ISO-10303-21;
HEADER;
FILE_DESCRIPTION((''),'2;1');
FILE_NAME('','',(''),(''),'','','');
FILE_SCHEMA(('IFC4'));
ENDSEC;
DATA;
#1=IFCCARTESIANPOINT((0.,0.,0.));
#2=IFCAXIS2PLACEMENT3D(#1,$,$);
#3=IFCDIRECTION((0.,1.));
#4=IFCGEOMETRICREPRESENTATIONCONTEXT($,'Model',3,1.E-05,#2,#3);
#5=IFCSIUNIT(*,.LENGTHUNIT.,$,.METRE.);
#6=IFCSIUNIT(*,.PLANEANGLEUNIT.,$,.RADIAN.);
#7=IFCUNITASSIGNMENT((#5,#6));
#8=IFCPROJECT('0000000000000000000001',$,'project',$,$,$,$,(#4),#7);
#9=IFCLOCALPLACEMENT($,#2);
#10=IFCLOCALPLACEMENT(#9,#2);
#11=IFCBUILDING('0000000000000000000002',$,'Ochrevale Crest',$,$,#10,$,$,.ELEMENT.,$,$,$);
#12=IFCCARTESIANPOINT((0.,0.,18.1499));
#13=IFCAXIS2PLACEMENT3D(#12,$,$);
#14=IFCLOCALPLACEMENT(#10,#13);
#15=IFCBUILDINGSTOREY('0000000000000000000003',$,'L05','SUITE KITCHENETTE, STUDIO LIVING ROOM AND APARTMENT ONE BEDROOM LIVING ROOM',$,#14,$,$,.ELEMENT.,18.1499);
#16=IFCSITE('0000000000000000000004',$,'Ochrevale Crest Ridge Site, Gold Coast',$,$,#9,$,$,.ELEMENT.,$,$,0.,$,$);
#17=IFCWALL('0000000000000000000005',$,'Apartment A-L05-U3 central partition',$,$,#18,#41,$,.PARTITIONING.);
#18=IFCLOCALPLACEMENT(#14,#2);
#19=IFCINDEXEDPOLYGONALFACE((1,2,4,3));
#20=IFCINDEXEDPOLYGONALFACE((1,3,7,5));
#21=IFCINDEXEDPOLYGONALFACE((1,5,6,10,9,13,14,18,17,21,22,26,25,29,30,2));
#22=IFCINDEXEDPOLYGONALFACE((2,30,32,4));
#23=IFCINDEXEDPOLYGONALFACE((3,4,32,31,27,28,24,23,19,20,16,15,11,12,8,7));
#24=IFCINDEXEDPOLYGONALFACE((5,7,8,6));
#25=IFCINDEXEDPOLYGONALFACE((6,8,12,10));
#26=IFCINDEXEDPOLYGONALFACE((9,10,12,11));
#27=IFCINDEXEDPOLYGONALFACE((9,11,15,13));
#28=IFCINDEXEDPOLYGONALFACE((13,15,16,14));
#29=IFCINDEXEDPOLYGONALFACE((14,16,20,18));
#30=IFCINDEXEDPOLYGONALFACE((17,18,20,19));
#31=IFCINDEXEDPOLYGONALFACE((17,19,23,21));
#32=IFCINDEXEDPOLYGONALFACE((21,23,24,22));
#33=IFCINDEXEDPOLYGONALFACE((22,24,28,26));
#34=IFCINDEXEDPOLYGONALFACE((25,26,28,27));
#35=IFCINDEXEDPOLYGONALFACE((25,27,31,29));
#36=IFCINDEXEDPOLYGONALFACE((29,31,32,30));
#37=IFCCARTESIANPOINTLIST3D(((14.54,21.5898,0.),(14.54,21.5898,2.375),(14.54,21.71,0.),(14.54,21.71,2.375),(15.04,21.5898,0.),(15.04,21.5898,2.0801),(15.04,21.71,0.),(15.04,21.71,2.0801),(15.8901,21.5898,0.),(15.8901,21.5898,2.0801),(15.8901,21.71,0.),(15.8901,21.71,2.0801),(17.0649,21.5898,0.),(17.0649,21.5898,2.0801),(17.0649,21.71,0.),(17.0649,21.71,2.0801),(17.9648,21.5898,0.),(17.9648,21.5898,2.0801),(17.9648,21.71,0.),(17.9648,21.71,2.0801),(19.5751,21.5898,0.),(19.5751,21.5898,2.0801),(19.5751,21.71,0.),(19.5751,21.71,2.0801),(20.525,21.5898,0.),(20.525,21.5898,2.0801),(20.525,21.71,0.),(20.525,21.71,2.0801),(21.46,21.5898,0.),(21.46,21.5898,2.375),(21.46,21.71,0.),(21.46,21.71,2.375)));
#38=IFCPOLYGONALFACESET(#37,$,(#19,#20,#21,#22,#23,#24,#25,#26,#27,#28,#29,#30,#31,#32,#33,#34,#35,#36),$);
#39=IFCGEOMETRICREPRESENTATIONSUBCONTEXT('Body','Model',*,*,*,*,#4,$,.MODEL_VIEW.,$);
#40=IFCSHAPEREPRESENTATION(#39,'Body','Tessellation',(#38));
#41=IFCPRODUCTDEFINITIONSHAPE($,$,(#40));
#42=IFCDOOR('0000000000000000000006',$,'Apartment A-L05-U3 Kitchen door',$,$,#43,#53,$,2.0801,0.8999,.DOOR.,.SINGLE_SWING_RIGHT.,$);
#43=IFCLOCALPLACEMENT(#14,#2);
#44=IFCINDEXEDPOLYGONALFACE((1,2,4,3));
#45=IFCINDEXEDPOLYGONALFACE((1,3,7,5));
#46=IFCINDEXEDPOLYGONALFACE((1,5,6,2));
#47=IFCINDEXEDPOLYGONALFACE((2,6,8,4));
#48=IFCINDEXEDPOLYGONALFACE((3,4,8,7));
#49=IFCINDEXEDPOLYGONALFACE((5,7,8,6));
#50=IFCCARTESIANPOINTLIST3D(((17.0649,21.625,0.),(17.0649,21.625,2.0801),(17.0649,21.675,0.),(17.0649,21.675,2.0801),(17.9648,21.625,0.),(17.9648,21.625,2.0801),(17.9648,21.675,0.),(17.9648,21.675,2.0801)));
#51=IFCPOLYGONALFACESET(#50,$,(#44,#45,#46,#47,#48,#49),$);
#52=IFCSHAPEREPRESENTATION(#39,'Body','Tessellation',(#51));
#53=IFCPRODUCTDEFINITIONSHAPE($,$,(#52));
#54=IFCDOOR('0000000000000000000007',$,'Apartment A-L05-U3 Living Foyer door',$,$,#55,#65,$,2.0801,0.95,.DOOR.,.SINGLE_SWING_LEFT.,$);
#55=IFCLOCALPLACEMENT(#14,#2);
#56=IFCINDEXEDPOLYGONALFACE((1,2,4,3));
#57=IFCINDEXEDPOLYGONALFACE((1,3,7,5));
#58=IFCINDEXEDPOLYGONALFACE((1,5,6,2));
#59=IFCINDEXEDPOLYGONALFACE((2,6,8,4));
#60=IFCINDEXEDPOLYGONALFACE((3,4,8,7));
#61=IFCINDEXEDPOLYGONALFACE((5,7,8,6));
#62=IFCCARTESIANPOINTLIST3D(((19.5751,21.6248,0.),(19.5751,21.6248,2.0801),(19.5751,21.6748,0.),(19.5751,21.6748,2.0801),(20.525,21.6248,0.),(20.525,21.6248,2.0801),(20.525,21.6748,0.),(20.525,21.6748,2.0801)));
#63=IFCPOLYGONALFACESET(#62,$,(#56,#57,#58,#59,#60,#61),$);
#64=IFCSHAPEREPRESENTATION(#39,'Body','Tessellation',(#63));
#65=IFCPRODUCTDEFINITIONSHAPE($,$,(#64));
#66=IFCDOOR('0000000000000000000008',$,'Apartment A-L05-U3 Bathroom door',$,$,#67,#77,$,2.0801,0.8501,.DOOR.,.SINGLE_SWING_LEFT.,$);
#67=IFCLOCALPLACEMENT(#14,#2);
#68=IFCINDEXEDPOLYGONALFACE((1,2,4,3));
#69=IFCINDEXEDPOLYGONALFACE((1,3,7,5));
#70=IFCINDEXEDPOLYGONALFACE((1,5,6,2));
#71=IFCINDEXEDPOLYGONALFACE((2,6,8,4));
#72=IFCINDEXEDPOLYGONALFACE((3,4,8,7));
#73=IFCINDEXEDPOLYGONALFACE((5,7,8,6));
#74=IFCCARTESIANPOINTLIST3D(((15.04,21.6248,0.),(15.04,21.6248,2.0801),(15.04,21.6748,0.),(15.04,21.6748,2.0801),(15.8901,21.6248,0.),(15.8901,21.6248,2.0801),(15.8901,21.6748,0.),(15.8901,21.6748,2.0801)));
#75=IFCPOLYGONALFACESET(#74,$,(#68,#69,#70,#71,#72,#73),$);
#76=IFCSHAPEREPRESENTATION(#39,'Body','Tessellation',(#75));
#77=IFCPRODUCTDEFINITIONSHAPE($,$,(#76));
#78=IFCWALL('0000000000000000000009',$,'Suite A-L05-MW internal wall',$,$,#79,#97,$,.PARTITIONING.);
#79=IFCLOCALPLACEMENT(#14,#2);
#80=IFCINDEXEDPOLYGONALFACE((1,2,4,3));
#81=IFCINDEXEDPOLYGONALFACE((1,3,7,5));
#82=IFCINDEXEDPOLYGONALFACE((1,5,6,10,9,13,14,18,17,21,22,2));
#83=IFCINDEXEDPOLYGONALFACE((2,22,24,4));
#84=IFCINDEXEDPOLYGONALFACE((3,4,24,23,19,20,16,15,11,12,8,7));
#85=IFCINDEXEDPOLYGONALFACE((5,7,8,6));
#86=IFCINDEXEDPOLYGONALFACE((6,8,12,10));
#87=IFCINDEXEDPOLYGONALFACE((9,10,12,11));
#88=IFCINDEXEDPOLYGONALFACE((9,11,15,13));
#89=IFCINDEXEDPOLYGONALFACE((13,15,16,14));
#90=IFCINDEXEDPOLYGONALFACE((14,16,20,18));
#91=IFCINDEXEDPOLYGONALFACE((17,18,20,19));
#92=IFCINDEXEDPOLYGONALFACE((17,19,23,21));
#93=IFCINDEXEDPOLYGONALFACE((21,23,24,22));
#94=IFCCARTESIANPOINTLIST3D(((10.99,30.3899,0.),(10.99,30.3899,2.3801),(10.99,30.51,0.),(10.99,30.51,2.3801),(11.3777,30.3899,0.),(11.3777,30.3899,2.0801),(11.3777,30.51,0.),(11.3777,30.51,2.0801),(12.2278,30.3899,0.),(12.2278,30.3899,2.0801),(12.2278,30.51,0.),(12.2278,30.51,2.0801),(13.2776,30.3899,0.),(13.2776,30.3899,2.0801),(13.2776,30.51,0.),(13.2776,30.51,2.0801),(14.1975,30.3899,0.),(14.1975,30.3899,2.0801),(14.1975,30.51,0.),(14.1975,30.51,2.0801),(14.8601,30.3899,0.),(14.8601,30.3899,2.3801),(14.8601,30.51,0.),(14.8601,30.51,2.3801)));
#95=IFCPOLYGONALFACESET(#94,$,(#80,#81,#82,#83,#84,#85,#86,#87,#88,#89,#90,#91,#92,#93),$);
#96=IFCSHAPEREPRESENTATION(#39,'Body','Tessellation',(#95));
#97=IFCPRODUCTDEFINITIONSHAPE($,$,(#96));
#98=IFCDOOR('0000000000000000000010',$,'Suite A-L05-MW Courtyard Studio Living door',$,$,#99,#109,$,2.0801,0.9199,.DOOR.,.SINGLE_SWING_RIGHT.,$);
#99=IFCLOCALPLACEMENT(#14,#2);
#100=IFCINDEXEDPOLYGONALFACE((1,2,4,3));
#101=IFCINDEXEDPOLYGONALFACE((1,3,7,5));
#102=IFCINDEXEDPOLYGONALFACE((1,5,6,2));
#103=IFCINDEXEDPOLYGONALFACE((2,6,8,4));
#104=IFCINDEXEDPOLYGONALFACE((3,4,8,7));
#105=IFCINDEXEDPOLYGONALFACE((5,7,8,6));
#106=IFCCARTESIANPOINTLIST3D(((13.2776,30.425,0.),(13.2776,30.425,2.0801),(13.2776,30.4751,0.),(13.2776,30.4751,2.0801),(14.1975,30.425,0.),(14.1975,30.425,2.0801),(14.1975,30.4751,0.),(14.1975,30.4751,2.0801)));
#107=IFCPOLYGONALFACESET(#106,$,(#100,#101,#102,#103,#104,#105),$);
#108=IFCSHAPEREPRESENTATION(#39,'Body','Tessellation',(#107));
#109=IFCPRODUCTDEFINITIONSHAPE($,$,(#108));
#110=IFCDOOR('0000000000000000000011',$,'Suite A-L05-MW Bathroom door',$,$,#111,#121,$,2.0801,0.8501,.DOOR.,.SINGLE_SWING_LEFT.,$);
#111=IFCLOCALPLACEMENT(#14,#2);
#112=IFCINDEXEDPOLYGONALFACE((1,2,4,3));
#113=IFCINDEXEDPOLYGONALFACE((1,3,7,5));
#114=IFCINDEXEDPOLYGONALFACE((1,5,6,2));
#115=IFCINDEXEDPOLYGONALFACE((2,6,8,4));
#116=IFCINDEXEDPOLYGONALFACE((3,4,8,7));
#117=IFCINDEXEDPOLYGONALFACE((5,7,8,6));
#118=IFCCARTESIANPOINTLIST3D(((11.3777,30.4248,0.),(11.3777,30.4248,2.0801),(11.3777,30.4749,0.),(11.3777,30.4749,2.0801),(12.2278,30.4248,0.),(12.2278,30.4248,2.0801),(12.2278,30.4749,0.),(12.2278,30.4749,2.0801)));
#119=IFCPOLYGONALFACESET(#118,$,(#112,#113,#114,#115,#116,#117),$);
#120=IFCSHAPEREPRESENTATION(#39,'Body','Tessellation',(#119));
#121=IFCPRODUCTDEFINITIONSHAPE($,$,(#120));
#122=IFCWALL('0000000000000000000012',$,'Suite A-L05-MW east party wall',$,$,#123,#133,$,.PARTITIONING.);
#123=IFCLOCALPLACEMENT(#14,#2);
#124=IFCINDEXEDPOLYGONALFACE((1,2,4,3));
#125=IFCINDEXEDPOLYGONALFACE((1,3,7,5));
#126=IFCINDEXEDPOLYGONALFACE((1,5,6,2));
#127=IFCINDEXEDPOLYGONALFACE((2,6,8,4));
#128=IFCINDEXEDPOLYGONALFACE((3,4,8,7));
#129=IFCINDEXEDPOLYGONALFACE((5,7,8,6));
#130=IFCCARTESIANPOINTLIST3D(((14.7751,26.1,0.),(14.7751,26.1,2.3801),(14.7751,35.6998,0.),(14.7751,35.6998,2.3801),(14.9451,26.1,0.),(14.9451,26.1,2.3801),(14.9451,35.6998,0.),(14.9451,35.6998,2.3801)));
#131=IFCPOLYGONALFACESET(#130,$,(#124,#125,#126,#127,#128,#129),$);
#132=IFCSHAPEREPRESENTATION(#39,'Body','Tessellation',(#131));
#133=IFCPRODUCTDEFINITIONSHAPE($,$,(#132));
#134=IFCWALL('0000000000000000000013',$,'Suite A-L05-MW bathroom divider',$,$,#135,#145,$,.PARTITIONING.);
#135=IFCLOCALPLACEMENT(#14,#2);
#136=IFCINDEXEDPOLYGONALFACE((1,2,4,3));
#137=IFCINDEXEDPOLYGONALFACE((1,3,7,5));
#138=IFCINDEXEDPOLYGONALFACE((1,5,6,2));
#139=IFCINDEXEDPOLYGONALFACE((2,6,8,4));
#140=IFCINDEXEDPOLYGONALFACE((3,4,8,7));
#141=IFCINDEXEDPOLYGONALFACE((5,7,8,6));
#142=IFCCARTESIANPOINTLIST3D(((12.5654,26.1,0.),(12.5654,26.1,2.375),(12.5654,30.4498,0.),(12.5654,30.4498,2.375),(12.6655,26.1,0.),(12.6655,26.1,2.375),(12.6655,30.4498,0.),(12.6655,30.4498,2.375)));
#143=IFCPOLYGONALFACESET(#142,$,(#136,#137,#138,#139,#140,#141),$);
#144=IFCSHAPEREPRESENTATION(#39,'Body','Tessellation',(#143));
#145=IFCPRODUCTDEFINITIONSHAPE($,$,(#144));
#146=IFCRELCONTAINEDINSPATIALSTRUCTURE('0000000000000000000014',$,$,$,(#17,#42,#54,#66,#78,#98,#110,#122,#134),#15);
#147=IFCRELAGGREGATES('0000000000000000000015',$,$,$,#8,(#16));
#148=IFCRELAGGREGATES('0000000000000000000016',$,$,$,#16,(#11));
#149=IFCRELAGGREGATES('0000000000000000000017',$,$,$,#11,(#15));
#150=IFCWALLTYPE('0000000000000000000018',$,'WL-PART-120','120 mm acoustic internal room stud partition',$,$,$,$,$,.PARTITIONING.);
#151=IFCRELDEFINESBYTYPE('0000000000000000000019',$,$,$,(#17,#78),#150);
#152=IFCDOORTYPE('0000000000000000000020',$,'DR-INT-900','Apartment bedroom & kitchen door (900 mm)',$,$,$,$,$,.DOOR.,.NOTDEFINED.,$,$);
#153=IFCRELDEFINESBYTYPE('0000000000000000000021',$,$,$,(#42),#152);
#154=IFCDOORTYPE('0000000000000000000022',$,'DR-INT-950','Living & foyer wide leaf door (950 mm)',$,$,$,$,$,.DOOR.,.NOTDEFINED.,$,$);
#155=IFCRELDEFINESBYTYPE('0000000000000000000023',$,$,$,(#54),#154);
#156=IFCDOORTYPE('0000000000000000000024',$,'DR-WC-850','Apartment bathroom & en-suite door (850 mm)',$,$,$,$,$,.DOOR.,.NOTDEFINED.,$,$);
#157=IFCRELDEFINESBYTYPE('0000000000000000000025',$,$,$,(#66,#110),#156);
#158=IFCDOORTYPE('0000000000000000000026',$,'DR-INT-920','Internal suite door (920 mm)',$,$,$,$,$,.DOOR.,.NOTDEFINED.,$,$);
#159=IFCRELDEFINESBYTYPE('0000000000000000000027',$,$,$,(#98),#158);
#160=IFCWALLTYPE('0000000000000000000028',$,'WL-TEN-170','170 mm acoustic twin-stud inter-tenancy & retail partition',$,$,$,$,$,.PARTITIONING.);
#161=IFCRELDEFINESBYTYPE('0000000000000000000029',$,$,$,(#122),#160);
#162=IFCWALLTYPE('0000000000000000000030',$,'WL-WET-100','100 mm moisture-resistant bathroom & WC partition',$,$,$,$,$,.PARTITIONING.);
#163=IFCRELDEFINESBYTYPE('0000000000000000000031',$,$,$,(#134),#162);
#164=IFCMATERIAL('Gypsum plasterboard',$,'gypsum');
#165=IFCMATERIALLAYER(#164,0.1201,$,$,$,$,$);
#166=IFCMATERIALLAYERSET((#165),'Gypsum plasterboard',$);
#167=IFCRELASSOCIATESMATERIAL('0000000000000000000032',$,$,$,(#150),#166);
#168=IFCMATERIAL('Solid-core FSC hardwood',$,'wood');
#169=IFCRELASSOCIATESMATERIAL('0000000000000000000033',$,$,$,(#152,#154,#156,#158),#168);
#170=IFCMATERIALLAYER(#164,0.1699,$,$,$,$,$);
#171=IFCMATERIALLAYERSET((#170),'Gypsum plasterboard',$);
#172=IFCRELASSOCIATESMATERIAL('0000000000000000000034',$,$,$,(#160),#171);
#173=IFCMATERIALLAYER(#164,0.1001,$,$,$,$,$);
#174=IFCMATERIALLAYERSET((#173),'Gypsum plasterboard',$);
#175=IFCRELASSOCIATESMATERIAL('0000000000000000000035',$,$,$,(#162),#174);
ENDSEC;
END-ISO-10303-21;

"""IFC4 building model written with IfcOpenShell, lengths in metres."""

from ifc_helpers import new_model, si_unit, direction, frame, frame_2d, origin, place, context, subcontext, project, spatial, rectangle, extrude, material, layer, layer_set, type_object, element, fill, save


model = new_model("IFC4")

# Units and contexts
model_context = context("Model", 3, precision=1e-05, world=origin(), true_north=direction((0.0, 1.0)))
body_context = subcontext(model_context, "Body", "Model", "MODEL_VIEW")
ifc_project = project(units=[si_unit("LENGTHUNIT", "METRE"), si_unit("PLANEANGLEUNIT", "RADIAN")], contexts=[model_context])

# Site, building, storey
site_placement = place(None, origin())
site = spatial("IfcSite", under=ifc_project, at=site_placement, Name="Ochrevale Crest Ridge Site, Gold Coast", CompositionType="ELEMENT", RefElevation=0.0)
building_placement = place(site_placement, origin())
building = spatial("IfcBuilding", under=site, at=building_placement, Name="Ochrevale Crest", CompositionType="ELEMENT")
storey_placement = place(building_placement, frame((0.0, 0.0, 18.1499)))
storey = spatial("IfcBuildingStorey", under=building, at=storey_placement, Name="L05", Description="SUITE KITCHENETTE, STUDIO LIVING ROOM AND APARTMENT ONE BEDROOM LIVING ROOM", CompositionType="ELEMENT", Elevation=18.1499)

# Shared definitions
ifc_material_1 = material(Name="Gypsum plasterboard", Category="gypsum")
ifc_material_2 = material(Name="Solid-core FSC hardwood", Category="wood")

# Shared definitions
ifc_layer_1 = layer(ifc_material_1, 0.1201)
ifc_layer_set_1 = layer_set([ifc_layer_1], Name="Gypsum plasterboard")
wall_type_1 = type_object("IfcWallType", Name="WL-PART-120", Description="120 mm acoustic internal room stud partition", PredefinedType="PARTITIONING", material=ifc_layer_set_1)

# Walls, openings, doors
wall_1_placement = place(storey_placement, frame((14.54, 21.6499, 0.0), z_axis=(0.0, 0.0, 1.0), x_axis=(1.0, 0.0, 0.0)))
wall_1 = element("IfcWall", 1, at=wall_1_placement, inside=storey, type_object=wall_type_1, Name="Apartment A-L05-U3 central partition", PredefinedType="PARTITIONING", context=body_context, shape_type="SweptSolid", body=[
    extrude(rectangle(XDim=6.9199, YDim=0.1201, at=frame_2d((3.46, 0.0))), origin(), (0.0, 0.0, 1.0), 2.375),
])
opening_1_placement = place(wall_1_placement, frame((0.5, 0.0, 0.0)))
opening_1 = element("IfcOpeningElement", 2, at=opening_1_placement, cuts=wall_1, PredefinedType="OPENING", context=body_context, shape_type="SweptSolid", body=[
    extrude(rectangle(XDim=0.8501, YDim=2.0801, at=frame_2d((0.425, 1.04))), frame((0.0, 0.0701, 0.0), z_axis=(0.0, -1.0, 0.0), x_axis=(1.0, 0.0, 0.0)), (0.0, 0.0, 1.0), 0.1401),
])
opening_2_placement = place(wall_1_placement, frame((3.4248, 0.0, 0.0), z_axis=(0.0, 0.0, 1.0), x_axis=(-1.0, 0.0, 0.0)))
opening_2 = element("IfcOpeningElement", 3, at=opening_2_placement, cuts=wall_1, PredefinedType="OPENING", context=body_context, shape_type="SweptSolid", body=[
    extrude(rectangle(XDim=0.8999, YDim=2.0801, at=frame_2d((0.45, 1.04))), frame((0.0, 0.0701, 0.0), z_axis=(0.0, -1.0, 0.0), x_axis=(1.0, 0.0, 0.0)), (0.0, 0.0, 1.0), 0.1401),
])
opening_3_placement = place(wall_1_placement, frame((5.0349, 0.0, 0.0)))
opening_3 = element("IfcOpeningElement", 4, at=opening_3_placement, cuts=wall_1, PredefinedType="OPENING", context=body_context, shape_type="SweptSolid", body=[
    extrude(rectangle(XDim=0.95, YDim=2.0801, at=frame_2d((0.4751, 1.04))), frame((0.0, 0.0701, 0.0), z_axis=(0.0, -1.0, 0.0), x_axis=(1.0, 0.0, 0.0)), (0.0, 0.0, 1.0), 0.1401),
])
door_type_1 = type_object("IfcDoorType", Name="DR-INT-900", Description="Apartment bedroom & kitchen door (900 mm)", OperationType="NOTDEFINED", PredefinedType="DOOR", material=ifc_material_2)
door_1_placement = place(opening_2_placement, origin())
door_1 = element("IfcDoor", 5, at=door_1_placement, inside=storey, type_object=door_type_1, Name="Apartment A-L05-U3 Kitchen door", OperationType="SINGLE_SWING_RIGHT", OverallHeight=2.0801, OverallWidth=0.8999, PredefinedType="DOOR", context=body_context, shape_type="SweptSolid", body=[
    extrude(rectangle(XDim=0.8999, YDim=2.0801, at=frame_2d((0.45, 1.04))), frame((0.0, 0.0249, 0.0), z_axis=(0.0, -1.0, 0.0), x_axis=(1.0, 0.0, 0.0)), (0.0, 0.0, 1.0), 0.05),
])
fill(opening_2, door_1)
door_type_2 = type_object("IfcDoorType", Name="DR-INT-950", Description="Living & foyer wide leaf door (950 mm)", OperationType="NOTDEFINED", PredefinedType="DOOR", material=ifc_material_2)
door_2_placement = place(opening_3_placement, origin())
door_2 = element("IfcDoor", 6, at=door_2_placement, inside=storey, type_object=door_type_2, Name="Apartment A-L05-U3 Living Foyer door", OperationType="SINGLE_SWING_LEFT", OverallHeight=2.0801, OverallWidth=0.95, PredefinedType="DOOR", context=body_context, shape_type="SweptSolid", body=[
    extrude(rectangle(XDim=0.95, YDim=2.0801, at=frame_2d((0.4751, 1.04))), frame((0.0, 0.0249, 0.0), z_axis=(0.0, -1.0, 0.0), x_axis=(1.0, 0.0, 0.0)), (0.0, 0.0, 1.0), 0.05),
])
fill(opening_3, door_2)
door_type_3 = type_object("IfcDoorType", Name="DR-WC-850", Description="Apartment bathroom & en-suite door (850 mm)", OperationType="NOTDEFINED", PredefinedType="DOOR", material=ifc_material_2)
door_3_placement = place(opening_1_placement, origin())
door_3 = element("IfcDoor", 7, at=door_3_placement, inside=storey, type_object=door_type_3, Name="Apartment A-L05-U3 Bathroom door", OperationType="SINGLE_SWING_LEFT", OverallHeight=2.0801, OverallWidth=0.8501, PredefinedType="DOOR", context=body_context, shape_type="SweptSolid", body=[
    extrude(rectangle(XDim=0.8501, YDim=2.0801, at=frame_2d((0.425, 1.04))), frame((0.0, 0.0249, 0.0), z_axis=(0.0, -1.0, 0.0), x_axis=(1.0, 0.0, 0.0)), (0.0, 0.0, 1.0), 0.05),
])
fill(opening_1, door_3)
wall_2_placement = place(storey_placement, frame((10.99, 30.45, 0.0), z_axis=(0.0, 0.0, 1.0), x_axis=(1.0, 0.0, 0.0)))
wall_2 = element("IfcWall", 8, at=wall_2_placement, inside=storey, type_object=wall_type_1, Name="Suite A-L05-MW internal wall", PredefinedType="PARTITIONING", context=body_context, shape_type="SweptSolid", body=[
    extrude(rectangle(XDim=3.8701, YDim=0.1201, at=frame_2d((1.9351, 0.0))), origin(), (0.0, 0.0, 1.0), 2.3801),
])
opening_4_placement = place(wall_2_placement, frame((0.3877, 0.0, 0.0)))
opening_4 = element("IfcOpeningElement", 9, at=opening_4_placement, cuts=wall_2, PredefinedType="OPENING", context=body_context, shape_type="SweptSolid", body=[
    extrude(rectangle(XDim=0.8501, YDim=2.0801, at=frame_2d((0.425, 1.04))), frame((0.0, 0.0701, 0.0), z_axis=(0.0, -1.0, 0.0), x_axis=(1.0, 0.0, 0.0)), (0.0, 0.0, 1.0), 0.1401),
])
opening_5_placement = place(wall_2_placement, frame((3.2075, 0.0, 0.0), z_axis=(0.0, 0.0, 1.0), x_axis=(-1.0, 0.0, 0.0)))
opening_5 = element("IfcOpeningElement", 10, at=opening_5_placement, cuts=wall_2, PredefinedType="OPENING", context=body_context, shape_type="SweptSolid", body=[
    extrude(rectangle(XDim=0.9199, YDim=2.0801, at=frame_2d((0.46, 1.04))), frame((0.0, 0.0701, 0.0), z_axis=(0.0, -1.0, 0.0), x_axis=(1.0, 0.0, 0.0)), (0.0, 0.0, 1.0), 0.1401),
])
door_type_4 = type_object("IfcDoorType", Name="DR-INT-920", Description="Internal suite door (920 mm)", OperationType="NOTDEFINED", PredefinedType="DOOR", material=ifc_material_2)
door_4_placement = place(opening_5_placement, origin())
door_4 = element("IfcDoor", 11, at=door_4_placement, inside=storey, type_object=door_type_4, Name="Suite A-L05-MW Courtyard Studio Living door", OperationType="SINGLE_SWING_RIGHT", OverallHeight=2.0801, OverallWidth=0.9199, PredefinedType="DOOR", context=body_context, shape_type="SweptSolid", body=[
    extrude(rectangle(XDim=0.9199, YDim=2.0801, at=frame_2d((0.46, 1.04))), frame((0.0, 0.0249, 0.0), z_axis=(0.0, -1.0, 0.0), x_axis=(1.0, 0.0, 0.0)), (0.0, 0.0, 1.0), 0.05),
])
fill(opening_5, door_4)
door_5_placement = place(opening_4_placement, origin())
door_5 = element("IfcDoor", 12, at=door_5_placement, inside=storey, type_object=door_type_3, Name="Suite A-L05-MW Bathroom door", OperationType="SINGLE_SWING_LEFT", OverallHeight=2.0801, OverallWidth=0.8501, PredefinedType="DOOR", context=body_context, shape_type="SweptSolid", body=[
    extrude(rectangle(XDim=0.8501, YDim=2.0801, at=frame_2d((0.425, 1.04))), frame((0.0, 0.0249, 0.0), z_axis=(0.0, -1.0, 0.0), x_axis=(1.0, 0.0, 0.0)), (0.0, 0.0, 1.0), 0.05),
])
fill(opening_4, door_5)

# Walls
ifc_layer_2 = layer(ifc_material_1, 0.1699)
ifc_layer_set_2 = layer_set([ifc_layer_2], Name="Gypsum plasterboard")
wall_type_2 = type_object("IfcWallType", Name="WL-TEN-170", Description="170 mm acoustic twin-stud inter-tenancy & retail partition", PredefinedType="PARTITIONING", material=ifc_layer_set_2)
wall_3_placement = place(storey_placement, frame((14.8601, 26.1001, 0.0), z_axis=(0.0, 0.0, 1.0), x_axis=(0.0, 1.0, 0.0)))
element("IfcWall", 13, at=wall_3_placement, inside=storey, type_object=wall_type_2, Name="Suite A-L05-MW east party wall", PredefinedType="PARTITIONING", context=body_context, shape_type="SweptSolid", body=[
    extrude(rectangle(XDim=9.5999, YDim=0.1699, at=frame_2d((4.7998, 0.0))), origin(), (0.0, 0.0, 1.0), 2.3801),
])
ifc_layer_3 = layer(ifc_material_1, 0.1001)
ifc_layer_set_3 = layer_set([ifc_layer_3], Name="Gypsum plasterboard")
wall_type_3 = type_object("IfcWallType", Name="WL-WET-100", Description="100 mm moisture-resistant bathroom & WC partition", PredefinedType="PARTITIONING", material=ifc_layer_set_3)
wall_4_placement = place(storey_placement, frame((12.6155, 26.1001, 0.0), z_axis=(0.0, 0.0, 1.0), x_axis=(0.0, 1.0, 0.0)))
element("IfcWall", 14, at=wall_4_placement, inside=storey, type_object=wall_type_3, Name="Suite A-L05-MW bathroom divider", PredefinedType="PARTITIONING", context=body_context, shape_type="SweptSolid", body=[
    extrude(rectangle(XDim=4.3499, YDim=0.1001, at=frame_2d((2.1748, 0.0))), origin(), (0.0, 0.0, 1.0), 2.375),
])

save(model, "model.ifc")
